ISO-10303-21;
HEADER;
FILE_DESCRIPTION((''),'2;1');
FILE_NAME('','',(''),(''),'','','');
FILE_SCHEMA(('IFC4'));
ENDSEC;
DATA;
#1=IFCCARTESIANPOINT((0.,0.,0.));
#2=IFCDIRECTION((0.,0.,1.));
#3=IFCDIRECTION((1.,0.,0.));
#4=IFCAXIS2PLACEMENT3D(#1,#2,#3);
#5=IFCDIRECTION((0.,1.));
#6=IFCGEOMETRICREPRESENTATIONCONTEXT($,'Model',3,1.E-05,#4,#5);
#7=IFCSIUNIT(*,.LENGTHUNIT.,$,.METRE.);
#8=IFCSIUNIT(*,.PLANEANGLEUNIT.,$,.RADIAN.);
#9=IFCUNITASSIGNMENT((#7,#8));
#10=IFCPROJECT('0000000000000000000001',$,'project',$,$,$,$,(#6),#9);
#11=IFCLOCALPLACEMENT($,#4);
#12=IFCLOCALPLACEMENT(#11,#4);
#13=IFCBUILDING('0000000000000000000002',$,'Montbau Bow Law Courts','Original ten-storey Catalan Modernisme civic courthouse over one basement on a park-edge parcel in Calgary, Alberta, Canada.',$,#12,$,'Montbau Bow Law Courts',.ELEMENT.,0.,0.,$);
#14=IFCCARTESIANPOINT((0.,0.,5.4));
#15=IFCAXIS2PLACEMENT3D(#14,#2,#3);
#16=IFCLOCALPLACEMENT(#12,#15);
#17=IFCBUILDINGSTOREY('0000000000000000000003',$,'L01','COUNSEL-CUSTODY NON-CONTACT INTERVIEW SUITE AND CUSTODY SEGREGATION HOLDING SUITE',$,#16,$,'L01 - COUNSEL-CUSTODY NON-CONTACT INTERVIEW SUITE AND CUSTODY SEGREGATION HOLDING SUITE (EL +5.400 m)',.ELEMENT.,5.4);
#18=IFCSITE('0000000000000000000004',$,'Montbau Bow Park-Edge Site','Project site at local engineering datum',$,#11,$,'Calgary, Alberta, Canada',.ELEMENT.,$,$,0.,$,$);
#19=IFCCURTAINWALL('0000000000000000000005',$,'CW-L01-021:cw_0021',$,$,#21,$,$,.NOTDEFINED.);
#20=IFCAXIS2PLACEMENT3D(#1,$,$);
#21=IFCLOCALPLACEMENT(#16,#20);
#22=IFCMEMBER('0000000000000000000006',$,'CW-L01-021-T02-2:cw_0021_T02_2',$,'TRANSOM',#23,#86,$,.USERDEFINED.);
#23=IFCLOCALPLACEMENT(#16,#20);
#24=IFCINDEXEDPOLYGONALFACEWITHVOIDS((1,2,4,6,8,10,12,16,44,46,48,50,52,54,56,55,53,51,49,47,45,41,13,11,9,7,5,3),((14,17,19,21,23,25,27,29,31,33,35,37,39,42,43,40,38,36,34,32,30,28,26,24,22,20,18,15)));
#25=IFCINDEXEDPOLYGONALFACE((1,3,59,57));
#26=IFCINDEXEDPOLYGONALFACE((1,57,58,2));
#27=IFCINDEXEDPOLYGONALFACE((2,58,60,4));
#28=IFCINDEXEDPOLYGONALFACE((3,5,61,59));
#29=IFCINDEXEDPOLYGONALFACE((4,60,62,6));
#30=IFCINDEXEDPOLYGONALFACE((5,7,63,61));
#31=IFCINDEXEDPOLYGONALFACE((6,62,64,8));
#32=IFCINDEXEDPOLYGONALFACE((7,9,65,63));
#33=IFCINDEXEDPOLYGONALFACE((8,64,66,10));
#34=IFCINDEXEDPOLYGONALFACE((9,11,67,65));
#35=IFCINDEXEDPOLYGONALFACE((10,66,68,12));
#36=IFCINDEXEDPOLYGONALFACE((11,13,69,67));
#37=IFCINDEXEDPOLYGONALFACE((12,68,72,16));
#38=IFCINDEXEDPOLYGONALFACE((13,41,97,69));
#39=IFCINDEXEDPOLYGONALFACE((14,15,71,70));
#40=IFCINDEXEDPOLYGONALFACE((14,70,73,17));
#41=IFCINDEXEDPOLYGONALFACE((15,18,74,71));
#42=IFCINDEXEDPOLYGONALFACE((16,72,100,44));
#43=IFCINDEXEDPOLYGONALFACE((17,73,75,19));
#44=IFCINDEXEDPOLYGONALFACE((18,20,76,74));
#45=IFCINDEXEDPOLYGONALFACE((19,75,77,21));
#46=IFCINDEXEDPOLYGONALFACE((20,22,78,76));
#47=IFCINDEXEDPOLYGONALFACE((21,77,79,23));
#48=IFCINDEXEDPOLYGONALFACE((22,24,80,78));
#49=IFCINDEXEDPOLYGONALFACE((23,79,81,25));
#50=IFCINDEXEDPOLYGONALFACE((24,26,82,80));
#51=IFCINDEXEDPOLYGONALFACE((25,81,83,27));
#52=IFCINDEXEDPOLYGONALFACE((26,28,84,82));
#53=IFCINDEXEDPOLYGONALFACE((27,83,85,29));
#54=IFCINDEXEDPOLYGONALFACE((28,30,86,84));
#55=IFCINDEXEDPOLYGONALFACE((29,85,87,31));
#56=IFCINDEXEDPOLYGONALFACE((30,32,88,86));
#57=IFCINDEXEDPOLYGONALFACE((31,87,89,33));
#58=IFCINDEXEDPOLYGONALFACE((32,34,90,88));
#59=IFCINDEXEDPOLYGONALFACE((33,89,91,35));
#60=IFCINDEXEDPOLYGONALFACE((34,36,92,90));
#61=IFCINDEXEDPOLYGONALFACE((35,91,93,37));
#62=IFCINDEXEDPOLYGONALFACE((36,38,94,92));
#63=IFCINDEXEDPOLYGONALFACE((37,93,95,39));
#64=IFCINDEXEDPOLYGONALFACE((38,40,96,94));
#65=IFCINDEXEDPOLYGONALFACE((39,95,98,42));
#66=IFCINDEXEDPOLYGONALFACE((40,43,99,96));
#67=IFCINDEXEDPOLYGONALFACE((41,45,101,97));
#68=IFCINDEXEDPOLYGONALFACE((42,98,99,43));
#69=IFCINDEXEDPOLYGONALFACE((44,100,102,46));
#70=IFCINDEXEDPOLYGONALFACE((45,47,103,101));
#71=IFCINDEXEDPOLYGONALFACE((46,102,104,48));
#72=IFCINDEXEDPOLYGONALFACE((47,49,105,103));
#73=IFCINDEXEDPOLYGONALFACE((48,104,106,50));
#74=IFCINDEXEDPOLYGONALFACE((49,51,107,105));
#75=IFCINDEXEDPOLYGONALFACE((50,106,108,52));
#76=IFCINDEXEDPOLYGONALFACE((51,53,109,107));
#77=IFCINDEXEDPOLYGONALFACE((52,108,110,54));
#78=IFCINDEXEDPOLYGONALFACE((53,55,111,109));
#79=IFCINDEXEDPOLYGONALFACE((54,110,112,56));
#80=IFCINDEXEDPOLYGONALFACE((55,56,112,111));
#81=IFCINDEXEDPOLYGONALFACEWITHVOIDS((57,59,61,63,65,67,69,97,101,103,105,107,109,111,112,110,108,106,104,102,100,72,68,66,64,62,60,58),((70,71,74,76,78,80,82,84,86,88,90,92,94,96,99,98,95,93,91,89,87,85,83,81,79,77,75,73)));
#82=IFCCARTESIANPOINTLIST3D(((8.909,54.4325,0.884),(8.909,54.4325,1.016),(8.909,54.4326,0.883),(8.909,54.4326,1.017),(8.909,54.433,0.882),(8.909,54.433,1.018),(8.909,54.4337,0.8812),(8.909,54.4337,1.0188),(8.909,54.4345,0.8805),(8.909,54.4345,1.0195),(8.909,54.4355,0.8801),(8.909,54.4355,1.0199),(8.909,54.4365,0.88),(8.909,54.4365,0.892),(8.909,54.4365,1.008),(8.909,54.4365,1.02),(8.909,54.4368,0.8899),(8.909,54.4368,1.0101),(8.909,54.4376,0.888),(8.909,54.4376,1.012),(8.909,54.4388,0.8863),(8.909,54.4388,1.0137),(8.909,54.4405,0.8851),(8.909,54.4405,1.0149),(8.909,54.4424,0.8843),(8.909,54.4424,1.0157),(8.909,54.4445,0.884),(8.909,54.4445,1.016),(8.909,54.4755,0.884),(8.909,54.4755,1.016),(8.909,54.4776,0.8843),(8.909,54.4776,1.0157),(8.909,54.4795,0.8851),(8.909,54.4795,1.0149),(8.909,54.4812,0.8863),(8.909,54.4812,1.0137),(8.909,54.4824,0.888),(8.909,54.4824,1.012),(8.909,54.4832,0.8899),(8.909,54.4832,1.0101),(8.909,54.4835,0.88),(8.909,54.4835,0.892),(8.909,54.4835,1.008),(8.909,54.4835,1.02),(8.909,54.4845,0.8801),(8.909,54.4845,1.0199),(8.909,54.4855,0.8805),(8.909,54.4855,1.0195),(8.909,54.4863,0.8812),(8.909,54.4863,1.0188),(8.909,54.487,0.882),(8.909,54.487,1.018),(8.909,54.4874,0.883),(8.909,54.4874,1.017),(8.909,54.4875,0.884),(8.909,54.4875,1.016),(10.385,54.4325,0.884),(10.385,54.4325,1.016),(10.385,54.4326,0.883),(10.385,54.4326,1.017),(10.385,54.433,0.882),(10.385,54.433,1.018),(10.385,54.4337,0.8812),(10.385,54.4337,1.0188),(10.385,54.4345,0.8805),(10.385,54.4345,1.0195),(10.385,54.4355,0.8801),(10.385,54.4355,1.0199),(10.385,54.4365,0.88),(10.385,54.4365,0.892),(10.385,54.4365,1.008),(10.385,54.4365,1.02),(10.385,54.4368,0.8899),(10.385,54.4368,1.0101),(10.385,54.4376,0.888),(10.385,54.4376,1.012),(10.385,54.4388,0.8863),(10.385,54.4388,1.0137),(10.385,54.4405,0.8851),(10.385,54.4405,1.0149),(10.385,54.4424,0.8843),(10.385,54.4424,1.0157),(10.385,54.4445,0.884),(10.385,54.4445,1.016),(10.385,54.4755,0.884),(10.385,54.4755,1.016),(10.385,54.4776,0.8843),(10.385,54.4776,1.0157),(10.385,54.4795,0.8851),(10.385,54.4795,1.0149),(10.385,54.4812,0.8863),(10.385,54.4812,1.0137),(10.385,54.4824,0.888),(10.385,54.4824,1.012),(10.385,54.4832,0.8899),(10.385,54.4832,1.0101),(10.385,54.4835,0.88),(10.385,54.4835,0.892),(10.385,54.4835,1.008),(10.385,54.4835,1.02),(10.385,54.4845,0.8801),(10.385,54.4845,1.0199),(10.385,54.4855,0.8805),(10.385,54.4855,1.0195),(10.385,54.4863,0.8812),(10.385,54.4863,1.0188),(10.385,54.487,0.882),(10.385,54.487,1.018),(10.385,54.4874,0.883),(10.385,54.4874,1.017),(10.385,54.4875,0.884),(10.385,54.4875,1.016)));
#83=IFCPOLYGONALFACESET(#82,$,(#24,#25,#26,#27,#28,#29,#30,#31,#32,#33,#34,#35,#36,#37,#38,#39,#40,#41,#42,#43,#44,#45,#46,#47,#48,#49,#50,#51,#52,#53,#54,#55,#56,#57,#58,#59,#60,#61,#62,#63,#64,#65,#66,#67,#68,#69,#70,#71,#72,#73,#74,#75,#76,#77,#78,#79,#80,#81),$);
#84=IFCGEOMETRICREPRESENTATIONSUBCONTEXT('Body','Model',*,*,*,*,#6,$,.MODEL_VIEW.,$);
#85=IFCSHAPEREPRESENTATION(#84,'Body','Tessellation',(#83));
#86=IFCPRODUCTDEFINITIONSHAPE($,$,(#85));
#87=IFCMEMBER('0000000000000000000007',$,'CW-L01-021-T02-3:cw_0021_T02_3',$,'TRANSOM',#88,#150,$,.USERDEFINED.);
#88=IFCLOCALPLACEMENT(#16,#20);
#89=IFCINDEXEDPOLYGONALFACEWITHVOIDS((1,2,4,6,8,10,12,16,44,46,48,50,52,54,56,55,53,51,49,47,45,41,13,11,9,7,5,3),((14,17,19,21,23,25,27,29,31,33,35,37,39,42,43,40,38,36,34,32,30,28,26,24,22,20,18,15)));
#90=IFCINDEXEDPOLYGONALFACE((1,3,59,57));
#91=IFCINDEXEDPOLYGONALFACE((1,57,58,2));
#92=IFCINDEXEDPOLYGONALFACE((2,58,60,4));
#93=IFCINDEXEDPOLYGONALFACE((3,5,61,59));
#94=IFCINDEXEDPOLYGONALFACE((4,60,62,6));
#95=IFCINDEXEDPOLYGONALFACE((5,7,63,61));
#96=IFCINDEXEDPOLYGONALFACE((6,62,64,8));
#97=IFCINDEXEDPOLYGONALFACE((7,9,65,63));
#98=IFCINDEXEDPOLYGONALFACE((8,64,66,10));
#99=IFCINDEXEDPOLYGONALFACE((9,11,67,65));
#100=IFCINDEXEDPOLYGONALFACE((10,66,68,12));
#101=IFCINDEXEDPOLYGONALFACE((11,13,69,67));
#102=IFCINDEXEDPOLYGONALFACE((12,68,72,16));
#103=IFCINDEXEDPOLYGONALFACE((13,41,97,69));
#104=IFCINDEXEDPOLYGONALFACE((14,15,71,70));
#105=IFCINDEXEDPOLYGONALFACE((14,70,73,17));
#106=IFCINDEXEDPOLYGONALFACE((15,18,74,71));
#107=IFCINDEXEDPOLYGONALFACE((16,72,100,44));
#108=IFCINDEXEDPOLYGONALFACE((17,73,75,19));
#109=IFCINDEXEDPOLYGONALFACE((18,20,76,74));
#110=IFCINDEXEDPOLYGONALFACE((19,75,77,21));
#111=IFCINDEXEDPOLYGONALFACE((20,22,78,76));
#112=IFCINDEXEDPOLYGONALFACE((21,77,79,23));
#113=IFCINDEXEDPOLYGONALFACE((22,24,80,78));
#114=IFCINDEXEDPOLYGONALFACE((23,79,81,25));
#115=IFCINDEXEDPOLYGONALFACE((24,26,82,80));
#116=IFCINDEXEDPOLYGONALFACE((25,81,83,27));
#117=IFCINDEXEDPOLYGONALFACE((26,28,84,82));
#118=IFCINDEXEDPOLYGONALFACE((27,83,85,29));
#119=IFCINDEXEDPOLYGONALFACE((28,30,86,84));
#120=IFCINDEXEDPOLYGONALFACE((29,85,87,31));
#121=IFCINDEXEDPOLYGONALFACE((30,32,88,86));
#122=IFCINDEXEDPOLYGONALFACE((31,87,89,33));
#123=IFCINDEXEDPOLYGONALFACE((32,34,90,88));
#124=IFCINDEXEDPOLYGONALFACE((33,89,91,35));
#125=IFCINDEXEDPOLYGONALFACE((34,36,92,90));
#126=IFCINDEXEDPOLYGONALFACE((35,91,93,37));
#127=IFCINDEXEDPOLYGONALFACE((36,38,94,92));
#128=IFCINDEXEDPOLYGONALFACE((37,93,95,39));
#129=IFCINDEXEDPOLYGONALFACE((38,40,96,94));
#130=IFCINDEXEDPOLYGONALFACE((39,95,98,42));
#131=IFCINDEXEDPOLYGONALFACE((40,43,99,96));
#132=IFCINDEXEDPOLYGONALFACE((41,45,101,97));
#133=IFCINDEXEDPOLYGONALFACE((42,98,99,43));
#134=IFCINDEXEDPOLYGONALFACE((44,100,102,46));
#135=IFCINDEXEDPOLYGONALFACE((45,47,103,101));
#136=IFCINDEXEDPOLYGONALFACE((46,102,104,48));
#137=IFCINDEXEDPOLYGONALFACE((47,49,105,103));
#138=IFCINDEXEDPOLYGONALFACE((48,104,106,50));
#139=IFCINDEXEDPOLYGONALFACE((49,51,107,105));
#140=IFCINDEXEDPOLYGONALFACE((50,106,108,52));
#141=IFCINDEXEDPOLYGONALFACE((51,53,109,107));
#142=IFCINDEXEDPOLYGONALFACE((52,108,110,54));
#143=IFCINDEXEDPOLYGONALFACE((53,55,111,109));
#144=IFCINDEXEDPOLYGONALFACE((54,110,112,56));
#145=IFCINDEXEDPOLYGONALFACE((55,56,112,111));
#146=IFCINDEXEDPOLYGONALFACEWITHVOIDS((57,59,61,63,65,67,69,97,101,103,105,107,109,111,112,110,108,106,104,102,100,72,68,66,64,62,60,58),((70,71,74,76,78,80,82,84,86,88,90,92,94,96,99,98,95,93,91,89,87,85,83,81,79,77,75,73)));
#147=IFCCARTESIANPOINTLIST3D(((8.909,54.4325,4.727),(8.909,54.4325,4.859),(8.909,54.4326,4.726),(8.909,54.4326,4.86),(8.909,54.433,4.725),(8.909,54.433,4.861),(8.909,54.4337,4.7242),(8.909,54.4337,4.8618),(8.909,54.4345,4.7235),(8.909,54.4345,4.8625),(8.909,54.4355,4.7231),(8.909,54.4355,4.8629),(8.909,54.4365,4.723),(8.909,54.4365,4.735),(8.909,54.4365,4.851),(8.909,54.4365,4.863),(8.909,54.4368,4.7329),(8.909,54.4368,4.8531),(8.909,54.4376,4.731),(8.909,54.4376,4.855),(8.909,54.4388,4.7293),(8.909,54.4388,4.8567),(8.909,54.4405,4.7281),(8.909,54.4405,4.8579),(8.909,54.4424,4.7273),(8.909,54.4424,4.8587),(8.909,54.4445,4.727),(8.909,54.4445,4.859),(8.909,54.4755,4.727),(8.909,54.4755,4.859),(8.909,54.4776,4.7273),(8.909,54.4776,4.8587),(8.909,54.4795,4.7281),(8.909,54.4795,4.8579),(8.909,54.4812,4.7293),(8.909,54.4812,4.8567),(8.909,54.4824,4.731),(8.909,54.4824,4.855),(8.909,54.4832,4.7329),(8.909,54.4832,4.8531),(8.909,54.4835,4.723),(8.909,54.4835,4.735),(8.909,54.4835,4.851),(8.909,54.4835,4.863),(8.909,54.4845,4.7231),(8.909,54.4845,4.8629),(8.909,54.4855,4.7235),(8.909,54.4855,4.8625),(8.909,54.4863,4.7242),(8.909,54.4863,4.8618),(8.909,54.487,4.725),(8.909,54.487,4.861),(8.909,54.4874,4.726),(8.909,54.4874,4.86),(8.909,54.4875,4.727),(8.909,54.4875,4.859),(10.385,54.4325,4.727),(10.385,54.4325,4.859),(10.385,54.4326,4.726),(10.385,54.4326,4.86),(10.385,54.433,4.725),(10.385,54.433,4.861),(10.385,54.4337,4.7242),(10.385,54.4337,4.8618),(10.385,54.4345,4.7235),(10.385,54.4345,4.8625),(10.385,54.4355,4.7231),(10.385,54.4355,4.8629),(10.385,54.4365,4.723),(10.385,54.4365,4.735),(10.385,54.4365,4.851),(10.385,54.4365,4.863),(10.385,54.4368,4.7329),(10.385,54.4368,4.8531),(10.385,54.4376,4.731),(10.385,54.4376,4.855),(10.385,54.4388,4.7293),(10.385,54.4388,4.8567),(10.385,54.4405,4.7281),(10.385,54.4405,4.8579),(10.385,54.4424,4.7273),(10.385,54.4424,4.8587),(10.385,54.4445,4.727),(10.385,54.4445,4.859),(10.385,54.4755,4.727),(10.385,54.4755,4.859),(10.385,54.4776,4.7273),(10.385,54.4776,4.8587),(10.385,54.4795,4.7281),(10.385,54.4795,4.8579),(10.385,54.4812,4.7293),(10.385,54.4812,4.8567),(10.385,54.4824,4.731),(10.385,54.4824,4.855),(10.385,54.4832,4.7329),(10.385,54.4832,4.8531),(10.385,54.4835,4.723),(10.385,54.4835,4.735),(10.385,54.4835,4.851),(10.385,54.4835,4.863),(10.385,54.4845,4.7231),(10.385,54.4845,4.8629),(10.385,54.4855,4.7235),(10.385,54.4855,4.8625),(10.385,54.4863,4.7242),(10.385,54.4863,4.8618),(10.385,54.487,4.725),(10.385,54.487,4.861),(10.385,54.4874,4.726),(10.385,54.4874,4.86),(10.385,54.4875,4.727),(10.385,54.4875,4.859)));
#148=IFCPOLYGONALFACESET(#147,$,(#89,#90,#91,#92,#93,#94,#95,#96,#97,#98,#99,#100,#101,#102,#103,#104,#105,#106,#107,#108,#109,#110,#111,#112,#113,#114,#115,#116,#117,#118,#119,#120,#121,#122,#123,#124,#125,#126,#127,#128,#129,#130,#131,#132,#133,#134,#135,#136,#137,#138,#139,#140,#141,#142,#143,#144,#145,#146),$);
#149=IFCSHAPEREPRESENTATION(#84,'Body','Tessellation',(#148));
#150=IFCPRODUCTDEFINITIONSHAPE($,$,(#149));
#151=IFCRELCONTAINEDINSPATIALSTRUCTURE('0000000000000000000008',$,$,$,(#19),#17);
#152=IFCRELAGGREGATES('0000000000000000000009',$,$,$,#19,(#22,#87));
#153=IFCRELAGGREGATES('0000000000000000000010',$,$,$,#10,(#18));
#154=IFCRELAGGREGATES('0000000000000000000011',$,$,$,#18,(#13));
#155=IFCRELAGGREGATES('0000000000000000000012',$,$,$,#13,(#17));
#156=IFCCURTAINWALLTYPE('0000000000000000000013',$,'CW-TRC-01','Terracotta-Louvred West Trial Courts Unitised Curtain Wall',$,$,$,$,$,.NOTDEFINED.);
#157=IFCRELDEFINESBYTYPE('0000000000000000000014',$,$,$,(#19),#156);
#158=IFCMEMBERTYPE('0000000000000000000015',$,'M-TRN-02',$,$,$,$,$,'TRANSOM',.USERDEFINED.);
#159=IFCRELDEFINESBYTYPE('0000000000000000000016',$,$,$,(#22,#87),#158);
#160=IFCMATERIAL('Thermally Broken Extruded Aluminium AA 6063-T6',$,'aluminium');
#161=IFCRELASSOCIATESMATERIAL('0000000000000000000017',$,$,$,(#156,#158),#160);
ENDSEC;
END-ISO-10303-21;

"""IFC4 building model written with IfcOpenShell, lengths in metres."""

from ifc_helpers import new_model, si_unit, direction, frame, origin_with_axes, origin_2d_with_axis, place, context, subcontext, project, spatial, hollow_rectangle, extrude, material, material_profile, profile_set, type_object, element, aggregate, save


model = new_model("IFC4")

# Units and contexts
model_context = context("Model", 3, precision=1e-05, world=origin_with_axes(), true_north=direction((0.0, 1.0)))
body_context = subcontext(model_context, "Body", "Model", "MODEL_VIEW")
ifc_project = project(units=[si_unit("LENGTHUNIT", "METRE"), si_unit("PLANEANGLEUNIT", "RADIAN")], contexts=[model_context])

# Site, building, storey
site_placement = place(None, origin_with_axes())
site = spatial("IfcSite", under=ifc_project, at=site_placement, Name="Montbau Bow Park-Edge Site", Description="Project site at local engineering datum", LongName="Calgary, Alberta, Canada", CompositionType="ELEMENT", RefElevation=0.0)
building_placement = place(site_placement, origin_with_axes())
building = spatial("IfcBuilding", under=site, at=building_placement, Name="Montbau Bow Law Courts", Description="Original ten-storey Catalan Modernisme civic courthouse over one basement on a park-edge parcel in Calgary, Alberta, Canada.", LongName="Montbau Bow Law Courts", CompositionType="ELEMENT", ElevationOfRefHeight=0.0, ElevationOfTerrain=0.0)
storey_placement = place(building_placement, frame((0.0, 0.0, 5.4), z_axis=(0.0, 0.0, 1.0), x_axis=(1.0, 0.0, 0.0)))
storey = spatial("IfcBuildingStorey", under=building, at=storey_placement, Name="L01", Description="COUNSEL-CUSTODY NON-CONTACT INTERVIEW SUITE AND CUSTODY SEGREGATION HOLDING SUITE", LongName="L01 - COUNSEL-CUSTODY NON-CONTACT INTERVIEW SUITE AND CUSTODY SEGREGATION HOLDING SUITE (EL +5.400 m)", CompositionType="ELEMENT", Elevation=5.4)

# Shared definitions
ifc_material_1 = material(Name="Thermally Broken Extruded Aluminium AA 6063-T6", Category="aluminium")
curtain_wall_type = type_object("IfcCurtainWallType", Name="CW-TRC-01", Description="Terracotta-Louvred West Trial Courts Unitised Curtain Wall", PredefinedType="NOTDEFINED", material=ifc_material_1)

# Curtain wall, members
curtain_wall_1_placement = place(None, frame((7.315, 54.46, 5.4), z_axis=(0.0, 0.0, 1.0), x_axis=(1.0, 0.0, 0.0)))
curtain_wall_1 = element("IfcCurtainWall", 1, at=curtain_wall_1_placement, inside=storey, type_object=curtain_wall_type, Name="CW-L01-021:cw_0021", PredefinedType="NOTDEFINED")
ifc_material_profile_1 = material_profile(ifc_material_1, hollow_rectangle(XDim=0.055, YDim=0.14, WallThickness=0.004, InnerFilletRadius=0.008, OuterFilletRadius=0.004, at=origin_2d_with_axis()), Name="CWT-140X55", Category="Main", Priority=0)
ifc_profile_set_1 = profile_set([ifc_material_profile_1], Name="Thermally Broken Extruded Aluminium AA 6063-T6")
member_type_1 = type_object("IfcMemberType", Name="M-TRN-02", ElementType="TRANSOM", PredefinedType="USERDEFINED", material=ifc_profile_set_1)
member_1_placement = place(None, frame((8.909, 54.46, 6.35), z_axis=(1.0, 0.0, 0.0), x_axis=(0.0, 1.0, 0.0)))
member_1 = element("IfcMember", 2, at=member_1_placement, type_object=member_type_1, Name="CW-L01-021-T02-2:cw_0021_T02_2", ObjectType="TRANSOM", PredefinedType="USERDEFINED", context=body_context, shape_type="SweptSolid", body=[
    extrude(hollow_rectangle(XDim=0.055, YDim=0.14, WallThickness=0.004, InnerFilletRadius=0.008, OuterFilletRadius=0.004, at=origin_2d_with_axis()), origin_with_axes(), (0.0, 0.0, 1.0), 1.476),
])
member_2_placement = place(None, frame((8.909, 54.46, 10.193), z_axis=(1.0, 0.0, 0.0), x_axis=(0.0, 1.0, 0.0)))
member_2 = element("IfcMember", 3, at=member_2_placement, type_object=member_type_1, Name="CW-L01-021-T02-3:cw_0021_T02_3", ObjectType="TRANSOM", PredefinedType="USERDEFINED", context=body_context, shape_type="SweptSolid", body=[
    extrude(hollow_rectangle(XDim=0.055, YDim=0.14, WallThickness=0.004, InnerFilletRadius=0.008, OuterFilletRadius=0.004, at=origin_2d_with_axis()), origin_with_axes(), (0.0, 0.0, 1.0), 1.476),
])

aggregate(curtain_wall_1, [member_1, member_2])

save(model, "model.ifc")
